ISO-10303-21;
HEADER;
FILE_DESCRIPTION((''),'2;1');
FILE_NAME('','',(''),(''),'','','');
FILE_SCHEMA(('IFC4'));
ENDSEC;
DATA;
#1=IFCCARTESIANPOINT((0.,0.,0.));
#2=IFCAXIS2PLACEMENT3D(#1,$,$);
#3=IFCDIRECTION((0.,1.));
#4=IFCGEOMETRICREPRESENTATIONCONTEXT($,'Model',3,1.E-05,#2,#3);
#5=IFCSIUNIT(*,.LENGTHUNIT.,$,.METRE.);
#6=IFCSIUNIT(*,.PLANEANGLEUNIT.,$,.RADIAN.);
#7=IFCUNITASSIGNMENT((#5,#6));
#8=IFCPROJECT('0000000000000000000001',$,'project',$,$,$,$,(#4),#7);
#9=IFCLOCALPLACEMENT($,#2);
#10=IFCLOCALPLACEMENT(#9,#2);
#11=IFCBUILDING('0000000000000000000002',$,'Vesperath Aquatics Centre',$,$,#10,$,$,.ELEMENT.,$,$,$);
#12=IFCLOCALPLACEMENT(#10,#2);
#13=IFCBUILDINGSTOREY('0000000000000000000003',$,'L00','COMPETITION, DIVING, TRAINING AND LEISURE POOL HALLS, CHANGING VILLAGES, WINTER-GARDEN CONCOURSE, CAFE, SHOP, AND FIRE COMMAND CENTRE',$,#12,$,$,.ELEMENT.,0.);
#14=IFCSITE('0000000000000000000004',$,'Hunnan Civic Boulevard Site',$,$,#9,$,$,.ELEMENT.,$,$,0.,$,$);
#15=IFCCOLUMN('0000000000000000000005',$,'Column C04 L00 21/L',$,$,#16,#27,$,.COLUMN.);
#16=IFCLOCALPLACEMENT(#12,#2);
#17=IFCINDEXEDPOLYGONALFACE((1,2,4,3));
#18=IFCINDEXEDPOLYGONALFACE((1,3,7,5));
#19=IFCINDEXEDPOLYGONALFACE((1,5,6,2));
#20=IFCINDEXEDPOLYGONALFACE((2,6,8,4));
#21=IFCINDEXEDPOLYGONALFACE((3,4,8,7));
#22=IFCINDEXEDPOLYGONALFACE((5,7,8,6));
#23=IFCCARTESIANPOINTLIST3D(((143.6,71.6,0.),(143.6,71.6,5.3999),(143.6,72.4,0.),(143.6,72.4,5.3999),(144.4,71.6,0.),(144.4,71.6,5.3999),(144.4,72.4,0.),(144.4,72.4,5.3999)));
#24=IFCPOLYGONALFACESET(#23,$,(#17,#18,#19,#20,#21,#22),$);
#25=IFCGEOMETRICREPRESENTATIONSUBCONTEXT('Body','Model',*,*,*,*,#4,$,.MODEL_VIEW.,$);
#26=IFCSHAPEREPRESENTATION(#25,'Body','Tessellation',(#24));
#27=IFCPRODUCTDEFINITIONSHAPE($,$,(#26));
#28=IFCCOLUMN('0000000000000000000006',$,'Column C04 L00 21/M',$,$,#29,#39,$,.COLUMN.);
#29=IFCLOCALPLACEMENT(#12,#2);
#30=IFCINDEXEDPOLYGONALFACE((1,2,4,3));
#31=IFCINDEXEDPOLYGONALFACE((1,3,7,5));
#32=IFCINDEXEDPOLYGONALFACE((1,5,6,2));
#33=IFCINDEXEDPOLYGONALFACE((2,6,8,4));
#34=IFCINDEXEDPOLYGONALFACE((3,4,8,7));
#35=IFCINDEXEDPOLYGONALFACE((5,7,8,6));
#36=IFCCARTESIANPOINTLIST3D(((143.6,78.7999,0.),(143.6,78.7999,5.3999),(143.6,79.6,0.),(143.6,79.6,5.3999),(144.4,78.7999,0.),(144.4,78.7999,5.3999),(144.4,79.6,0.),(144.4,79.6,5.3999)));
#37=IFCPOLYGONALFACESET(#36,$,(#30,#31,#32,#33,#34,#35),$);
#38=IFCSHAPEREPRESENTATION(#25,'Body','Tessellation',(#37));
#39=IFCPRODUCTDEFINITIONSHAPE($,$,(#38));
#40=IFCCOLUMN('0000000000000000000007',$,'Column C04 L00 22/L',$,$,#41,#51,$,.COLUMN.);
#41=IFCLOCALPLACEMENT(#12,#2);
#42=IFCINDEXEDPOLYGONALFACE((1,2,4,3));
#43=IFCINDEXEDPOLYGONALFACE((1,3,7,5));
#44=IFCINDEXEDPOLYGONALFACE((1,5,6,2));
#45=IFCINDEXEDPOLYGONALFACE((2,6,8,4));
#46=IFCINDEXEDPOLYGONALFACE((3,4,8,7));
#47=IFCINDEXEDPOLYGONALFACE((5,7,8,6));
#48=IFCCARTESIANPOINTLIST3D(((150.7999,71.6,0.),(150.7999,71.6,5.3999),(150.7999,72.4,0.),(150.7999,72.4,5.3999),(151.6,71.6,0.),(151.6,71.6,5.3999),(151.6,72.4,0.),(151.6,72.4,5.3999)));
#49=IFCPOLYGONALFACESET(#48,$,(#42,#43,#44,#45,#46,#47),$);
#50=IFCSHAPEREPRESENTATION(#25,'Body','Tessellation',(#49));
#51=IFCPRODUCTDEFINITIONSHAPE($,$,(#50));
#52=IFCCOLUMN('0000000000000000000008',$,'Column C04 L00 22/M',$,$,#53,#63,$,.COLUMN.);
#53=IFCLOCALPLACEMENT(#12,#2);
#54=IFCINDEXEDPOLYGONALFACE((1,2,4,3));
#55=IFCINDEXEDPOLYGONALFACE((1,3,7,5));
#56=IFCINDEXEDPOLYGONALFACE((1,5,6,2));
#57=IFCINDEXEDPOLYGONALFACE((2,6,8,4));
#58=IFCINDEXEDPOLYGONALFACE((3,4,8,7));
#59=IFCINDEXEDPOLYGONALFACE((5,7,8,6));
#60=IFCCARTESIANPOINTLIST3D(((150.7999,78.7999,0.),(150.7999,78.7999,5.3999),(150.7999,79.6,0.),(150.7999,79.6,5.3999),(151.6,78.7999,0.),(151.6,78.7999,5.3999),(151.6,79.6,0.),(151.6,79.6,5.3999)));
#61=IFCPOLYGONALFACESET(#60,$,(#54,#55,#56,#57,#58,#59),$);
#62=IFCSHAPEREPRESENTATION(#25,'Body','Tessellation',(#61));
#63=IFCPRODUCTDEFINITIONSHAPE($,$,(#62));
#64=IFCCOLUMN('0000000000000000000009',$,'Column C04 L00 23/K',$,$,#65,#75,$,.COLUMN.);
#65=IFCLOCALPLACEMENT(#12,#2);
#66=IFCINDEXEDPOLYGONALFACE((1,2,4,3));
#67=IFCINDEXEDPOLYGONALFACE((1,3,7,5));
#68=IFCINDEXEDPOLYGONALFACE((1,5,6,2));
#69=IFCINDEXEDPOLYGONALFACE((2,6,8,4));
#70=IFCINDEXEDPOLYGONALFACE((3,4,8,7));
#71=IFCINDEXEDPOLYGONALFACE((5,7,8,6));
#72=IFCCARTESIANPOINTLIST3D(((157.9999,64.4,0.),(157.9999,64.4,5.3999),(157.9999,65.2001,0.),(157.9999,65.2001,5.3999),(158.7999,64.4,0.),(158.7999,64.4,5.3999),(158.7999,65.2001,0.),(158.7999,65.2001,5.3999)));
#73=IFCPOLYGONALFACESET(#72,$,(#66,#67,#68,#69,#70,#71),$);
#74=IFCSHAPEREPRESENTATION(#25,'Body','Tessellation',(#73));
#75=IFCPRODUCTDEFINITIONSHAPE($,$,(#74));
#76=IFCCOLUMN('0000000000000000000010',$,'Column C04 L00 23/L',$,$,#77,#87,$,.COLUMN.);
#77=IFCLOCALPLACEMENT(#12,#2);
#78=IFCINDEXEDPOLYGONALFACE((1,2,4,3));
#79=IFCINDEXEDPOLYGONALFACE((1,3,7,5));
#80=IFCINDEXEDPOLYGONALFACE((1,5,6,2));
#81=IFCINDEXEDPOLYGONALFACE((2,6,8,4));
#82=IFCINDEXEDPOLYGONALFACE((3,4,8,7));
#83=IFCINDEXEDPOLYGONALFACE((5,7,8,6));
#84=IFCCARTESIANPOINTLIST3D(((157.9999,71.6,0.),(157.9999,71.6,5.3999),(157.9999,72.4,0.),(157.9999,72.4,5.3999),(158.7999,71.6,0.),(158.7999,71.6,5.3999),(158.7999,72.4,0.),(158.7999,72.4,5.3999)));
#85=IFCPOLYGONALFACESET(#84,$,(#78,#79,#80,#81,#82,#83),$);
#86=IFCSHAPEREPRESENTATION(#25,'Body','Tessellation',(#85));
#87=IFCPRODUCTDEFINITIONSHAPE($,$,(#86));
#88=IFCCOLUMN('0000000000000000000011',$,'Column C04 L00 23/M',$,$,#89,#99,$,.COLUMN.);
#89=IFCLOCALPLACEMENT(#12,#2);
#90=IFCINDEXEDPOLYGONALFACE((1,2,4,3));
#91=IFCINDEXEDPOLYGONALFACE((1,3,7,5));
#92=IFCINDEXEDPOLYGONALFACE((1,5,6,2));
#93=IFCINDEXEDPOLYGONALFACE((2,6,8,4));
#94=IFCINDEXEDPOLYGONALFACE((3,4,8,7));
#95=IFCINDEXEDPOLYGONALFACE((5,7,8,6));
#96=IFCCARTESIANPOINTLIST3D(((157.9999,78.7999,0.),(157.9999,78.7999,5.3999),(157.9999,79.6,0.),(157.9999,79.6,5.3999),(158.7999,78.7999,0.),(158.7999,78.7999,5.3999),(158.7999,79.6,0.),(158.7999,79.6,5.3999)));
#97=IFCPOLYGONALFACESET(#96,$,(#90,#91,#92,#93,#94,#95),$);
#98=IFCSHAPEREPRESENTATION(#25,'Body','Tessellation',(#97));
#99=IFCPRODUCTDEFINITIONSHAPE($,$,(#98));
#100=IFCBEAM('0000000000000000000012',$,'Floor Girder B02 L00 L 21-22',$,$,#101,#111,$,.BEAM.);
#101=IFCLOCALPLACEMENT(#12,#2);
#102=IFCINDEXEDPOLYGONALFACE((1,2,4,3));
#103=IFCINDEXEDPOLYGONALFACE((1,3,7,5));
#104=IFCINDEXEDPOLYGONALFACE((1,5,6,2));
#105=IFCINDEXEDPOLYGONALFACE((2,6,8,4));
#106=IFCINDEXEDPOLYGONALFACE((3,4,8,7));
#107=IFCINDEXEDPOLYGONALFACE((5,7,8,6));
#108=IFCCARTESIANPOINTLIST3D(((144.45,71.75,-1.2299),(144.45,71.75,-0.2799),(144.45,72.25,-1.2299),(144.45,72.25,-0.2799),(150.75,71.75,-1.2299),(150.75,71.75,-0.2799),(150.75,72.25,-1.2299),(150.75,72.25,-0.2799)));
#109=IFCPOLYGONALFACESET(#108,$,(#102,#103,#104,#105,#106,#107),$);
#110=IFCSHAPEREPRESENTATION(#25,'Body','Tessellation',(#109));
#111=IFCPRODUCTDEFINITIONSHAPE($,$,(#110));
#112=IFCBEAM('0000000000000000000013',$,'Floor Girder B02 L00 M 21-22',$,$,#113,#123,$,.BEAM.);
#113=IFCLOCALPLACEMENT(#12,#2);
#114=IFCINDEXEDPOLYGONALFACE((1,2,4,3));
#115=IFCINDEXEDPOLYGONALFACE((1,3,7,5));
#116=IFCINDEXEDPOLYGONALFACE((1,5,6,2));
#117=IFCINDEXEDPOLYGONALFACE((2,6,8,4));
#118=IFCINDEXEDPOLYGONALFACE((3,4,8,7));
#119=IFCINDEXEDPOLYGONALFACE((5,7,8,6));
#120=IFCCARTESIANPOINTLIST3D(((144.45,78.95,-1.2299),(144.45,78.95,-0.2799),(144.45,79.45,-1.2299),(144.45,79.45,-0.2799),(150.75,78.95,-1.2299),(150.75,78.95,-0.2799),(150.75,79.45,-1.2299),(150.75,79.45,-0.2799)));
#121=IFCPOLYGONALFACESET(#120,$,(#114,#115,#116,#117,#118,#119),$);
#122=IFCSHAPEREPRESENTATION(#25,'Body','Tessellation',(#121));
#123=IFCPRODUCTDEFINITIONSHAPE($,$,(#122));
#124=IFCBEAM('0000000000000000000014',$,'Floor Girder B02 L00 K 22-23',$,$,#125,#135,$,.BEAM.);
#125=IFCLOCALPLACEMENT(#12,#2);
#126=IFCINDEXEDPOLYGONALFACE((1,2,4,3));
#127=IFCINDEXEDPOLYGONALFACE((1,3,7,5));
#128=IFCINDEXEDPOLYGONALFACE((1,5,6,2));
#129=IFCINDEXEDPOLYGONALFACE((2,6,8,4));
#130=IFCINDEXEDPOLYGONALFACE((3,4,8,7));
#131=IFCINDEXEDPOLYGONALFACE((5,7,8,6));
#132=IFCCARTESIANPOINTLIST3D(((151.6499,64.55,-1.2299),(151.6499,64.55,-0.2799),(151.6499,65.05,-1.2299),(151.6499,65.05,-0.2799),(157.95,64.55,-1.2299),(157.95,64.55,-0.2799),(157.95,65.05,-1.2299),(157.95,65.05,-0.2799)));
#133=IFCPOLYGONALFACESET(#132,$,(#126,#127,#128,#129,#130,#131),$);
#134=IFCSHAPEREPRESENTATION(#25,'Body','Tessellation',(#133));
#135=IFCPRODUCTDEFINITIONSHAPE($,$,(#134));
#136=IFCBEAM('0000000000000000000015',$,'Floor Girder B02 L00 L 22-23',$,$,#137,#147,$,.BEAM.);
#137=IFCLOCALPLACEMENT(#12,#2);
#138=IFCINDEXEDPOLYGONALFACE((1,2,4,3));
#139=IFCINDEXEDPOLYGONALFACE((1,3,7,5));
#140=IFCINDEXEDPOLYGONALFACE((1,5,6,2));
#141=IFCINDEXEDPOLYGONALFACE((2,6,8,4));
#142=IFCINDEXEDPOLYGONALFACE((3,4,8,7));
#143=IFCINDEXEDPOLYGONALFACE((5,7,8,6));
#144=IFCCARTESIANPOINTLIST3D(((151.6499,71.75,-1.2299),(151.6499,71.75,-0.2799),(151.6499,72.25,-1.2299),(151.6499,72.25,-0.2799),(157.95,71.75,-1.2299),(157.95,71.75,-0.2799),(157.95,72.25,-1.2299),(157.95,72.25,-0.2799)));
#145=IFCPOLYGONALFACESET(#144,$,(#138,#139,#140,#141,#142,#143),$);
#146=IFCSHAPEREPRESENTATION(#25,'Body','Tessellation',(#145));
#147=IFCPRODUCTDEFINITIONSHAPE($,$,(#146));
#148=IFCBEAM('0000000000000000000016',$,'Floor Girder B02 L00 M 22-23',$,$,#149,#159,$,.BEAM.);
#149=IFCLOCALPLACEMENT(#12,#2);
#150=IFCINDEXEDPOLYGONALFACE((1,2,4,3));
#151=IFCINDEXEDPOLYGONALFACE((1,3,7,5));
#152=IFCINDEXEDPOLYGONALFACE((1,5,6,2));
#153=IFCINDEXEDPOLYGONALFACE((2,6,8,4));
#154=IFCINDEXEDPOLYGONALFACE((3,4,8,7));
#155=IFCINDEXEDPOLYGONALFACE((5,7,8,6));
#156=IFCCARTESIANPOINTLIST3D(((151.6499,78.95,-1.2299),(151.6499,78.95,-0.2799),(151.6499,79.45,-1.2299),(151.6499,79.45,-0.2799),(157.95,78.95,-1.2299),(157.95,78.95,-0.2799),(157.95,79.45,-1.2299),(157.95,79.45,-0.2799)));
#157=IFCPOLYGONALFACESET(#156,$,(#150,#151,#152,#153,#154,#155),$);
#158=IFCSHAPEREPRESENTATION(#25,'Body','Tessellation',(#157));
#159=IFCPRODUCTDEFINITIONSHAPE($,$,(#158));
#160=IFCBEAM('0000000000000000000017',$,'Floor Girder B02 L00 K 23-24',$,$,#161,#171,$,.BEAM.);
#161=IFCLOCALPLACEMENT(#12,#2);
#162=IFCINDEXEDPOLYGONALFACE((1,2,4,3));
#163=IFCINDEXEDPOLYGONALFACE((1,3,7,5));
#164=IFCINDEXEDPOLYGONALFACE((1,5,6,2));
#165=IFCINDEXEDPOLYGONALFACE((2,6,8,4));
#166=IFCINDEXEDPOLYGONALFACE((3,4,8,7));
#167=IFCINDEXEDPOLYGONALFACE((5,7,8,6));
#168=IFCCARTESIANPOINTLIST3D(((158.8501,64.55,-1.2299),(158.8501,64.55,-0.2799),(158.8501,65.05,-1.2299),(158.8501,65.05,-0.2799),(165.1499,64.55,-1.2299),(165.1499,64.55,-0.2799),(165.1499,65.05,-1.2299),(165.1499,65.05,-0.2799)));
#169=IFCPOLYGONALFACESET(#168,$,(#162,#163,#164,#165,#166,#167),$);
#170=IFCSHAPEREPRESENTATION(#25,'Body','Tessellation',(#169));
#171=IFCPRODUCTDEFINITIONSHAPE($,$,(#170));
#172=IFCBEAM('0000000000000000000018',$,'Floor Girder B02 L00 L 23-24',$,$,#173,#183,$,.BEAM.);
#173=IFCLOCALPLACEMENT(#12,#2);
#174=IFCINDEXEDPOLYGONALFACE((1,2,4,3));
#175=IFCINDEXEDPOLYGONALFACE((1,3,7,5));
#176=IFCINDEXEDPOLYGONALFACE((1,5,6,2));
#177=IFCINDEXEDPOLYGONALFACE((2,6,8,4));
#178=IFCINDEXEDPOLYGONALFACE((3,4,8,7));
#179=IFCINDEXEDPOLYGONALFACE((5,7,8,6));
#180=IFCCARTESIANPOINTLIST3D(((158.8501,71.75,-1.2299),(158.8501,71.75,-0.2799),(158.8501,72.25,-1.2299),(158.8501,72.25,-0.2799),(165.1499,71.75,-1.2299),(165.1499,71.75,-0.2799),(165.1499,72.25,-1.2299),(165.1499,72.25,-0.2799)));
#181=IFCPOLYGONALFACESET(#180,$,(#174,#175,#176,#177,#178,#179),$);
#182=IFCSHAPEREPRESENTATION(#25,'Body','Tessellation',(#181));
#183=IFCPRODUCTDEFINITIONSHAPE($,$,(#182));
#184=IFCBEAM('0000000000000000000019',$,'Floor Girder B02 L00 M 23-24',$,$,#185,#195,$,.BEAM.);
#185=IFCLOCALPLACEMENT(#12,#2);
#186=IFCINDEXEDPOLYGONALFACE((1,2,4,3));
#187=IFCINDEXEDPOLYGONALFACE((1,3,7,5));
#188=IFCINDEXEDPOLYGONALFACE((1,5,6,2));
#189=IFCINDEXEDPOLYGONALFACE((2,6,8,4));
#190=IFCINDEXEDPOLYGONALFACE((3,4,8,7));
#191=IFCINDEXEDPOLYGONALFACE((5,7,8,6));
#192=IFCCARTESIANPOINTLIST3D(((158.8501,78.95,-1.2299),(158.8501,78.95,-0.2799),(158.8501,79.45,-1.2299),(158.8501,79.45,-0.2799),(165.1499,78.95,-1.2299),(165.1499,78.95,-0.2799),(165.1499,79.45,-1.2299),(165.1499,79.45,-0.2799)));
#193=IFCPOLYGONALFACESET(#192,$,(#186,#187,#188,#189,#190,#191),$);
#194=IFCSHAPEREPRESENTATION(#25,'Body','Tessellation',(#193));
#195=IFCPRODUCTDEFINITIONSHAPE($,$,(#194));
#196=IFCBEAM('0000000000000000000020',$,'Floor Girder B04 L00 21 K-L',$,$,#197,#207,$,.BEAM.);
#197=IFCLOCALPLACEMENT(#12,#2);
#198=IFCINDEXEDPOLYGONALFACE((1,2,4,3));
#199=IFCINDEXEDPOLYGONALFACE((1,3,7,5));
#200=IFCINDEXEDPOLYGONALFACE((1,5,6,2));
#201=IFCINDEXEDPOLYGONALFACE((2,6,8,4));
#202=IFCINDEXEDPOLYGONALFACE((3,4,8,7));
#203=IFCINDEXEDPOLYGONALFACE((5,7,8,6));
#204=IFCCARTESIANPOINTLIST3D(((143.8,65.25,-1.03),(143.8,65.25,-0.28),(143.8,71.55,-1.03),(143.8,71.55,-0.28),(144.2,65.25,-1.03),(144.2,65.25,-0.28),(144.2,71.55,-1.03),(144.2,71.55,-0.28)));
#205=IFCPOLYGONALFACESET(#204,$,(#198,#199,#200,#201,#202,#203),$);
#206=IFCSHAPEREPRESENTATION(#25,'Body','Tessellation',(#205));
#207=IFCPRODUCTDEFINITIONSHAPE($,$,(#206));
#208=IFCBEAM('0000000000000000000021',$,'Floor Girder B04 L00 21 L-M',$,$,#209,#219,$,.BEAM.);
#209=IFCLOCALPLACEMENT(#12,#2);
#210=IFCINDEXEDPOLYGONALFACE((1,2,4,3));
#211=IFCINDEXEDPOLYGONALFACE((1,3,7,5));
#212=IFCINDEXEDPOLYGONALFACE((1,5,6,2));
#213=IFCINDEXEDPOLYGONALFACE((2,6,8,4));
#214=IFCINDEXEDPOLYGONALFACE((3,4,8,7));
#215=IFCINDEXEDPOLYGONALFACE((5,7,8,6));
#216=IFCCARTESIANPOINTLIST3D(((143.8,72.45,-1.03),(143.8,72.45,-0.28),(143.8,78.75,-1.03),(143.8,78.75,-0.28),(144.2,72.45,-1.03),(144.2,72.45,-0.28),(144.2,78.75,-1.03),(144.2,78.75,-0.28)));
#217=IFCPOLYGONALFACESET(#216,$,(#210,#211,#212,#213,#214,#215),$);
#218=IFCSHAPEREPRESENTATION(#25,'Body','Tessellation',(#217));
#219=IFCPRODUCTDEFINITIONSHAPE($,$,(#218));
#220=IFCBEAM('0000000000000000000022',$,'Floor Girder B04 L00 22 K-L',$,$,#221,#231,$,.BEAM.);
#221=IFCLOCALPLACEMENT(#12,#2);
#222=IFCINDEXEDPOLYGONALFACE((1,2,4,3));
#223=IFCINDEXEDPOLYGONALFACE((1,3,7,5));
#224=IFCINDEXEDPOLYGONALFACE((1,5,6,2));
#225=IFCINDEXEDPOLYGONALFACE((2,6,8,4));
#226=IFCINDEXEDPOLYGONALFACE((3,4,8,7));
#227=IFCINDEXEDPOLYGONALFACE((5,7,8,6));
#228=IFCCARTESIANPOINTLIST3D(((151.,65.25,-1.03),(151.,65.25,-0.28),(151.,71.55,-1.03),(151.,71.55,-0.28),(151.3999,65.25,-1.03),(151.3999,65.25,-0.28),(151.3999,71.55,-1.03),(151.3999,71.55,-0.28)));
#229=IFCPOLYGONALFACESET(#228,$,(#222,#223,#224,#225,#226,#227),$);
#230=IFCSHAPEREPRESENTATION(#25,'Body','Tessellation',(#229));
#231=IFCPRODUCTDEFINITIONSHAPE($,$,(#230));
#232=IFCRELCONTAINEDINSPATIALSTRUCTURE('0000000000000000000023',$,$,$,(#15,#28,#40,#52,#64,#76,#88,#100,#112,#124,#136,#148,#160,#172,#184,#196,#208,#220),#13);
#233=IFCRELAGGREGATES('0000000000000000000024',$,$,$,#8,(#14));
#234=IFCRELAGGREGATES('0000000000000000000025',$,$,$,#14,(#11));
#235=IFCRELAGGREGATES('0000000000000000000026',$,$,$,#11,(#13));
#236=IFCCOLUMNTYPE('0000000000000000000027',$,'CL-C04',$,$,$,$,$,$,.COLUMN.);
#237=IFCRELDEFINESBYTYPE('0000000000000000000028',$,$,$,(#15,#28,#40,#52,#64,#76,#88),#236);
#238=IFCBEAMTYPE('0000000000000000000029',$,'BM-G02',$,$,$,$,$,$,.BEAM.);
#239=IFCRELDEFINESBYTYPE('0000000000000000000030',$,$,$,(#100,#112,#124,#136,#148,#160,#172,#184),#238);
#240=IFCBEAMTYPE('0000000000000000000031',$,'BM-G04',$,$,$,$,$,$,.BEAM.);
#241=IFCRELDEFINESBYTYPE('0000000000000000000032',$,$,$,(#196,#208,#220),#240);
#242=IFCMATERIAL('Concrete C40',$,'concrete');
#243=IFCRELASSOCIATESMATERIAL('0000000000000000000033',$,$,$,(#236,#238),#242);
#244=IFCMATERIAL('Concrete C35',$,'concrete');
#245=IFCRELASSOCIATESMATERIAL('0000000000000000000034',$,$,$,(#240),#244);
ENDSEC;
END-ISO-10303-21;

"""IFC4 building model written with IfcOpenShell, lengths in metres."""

from ifc_helpers import new_model, si_unit, direction, frame, origin, origin_2d, place, context, subcontext, project, spatial, rectangle, extrude, material, material_profile, profile_set, type_object, element, save


model = new_model("IFC4")

# Units and contexts
model_context = context("Model", 3, precision=1e-05, world=origin(), true_north=direction((0.0, 1.0)))
body_context = subcontext(model_context, "Body", "Model", "MODEL_VIEW")
ifc_project = project(units=[si_unit("LENGTHUNIT", "METRE"), si_unit("PLANEANGLEUNIT", "RADIAN")], contexts=[model_context])

# Site, building, storey
site_placement = place(None, origin())
site = spatial("IfcSite", under=ifc_project, at=site_placement, Name="Hunnan Civic Boulevard Site", CompositionType="ELEMENT", RefElevation=0.0)
building_placement = place(site_placement, origin())
building = spatial("IfcBuilding", under=site, at=building_placement, Name="Vesperath Aquatics Centre", CompositionType="ELEMENT")
storey_placement = place(building_placement, origin())
storey = spatial("IfcBuildingStorey", under=building, at=storey_placement, Name="L00", Description="COMPETITION, DIVING, TRAINING AND LEISURE POOL HALLS, CHANGING VILLAGES, WINTER-GARDEN CONCOURSE, CAFE, SHOP, AND FIRE COMMAND CENTRE", CompositionType="ELEMENT", Elevation=0.0)

# Columns
ifc_material_1 = material(Name="Concrete C40", Category="concrete")
ifc_material_profile_1 = material_profile(ifc_material_1, rectangle(XDim=0.8, YDim=0.8, at=origin_2d()), Name="RC 800x800")
ifc_profile_set_1 = profile_set([ifc_material_profile_1], Name="Concrete C40")
column_type = type_object("IfcColumnType", Name="CL-C04", PredefinedType="COLUMN", material=ifc_profile_set_1)
for number, where, z_axis, x_axis, name in (
    (1, (144.0, 72.0, 0.0), (0.0, 0.0, 1.0), (1.0, 0.0, 0.0), "Column C04 L00 21/L"),
    (2, (144.0, 79.2, 0.0), (0.0, 0.0, 1.0), (1.0, 0.0, 0.0), "Column C04 L00 21/M"),
    (3, (151.2, 72.0, 0.0), (0.0, 0.0, 1.0), (1.0, 0.0, 0.0), "Column C04 L00 22/L"),
    (4, (151.2, 79.2, 0.0), (0.0, 0.0, 1.0), (1.0, 0.0, 0.0), "Column C04 L00 22/M"),
    (5, (158.3999, 64.8, 0.0), (0.0, 0.0, 1.0), (1.0, 0.0, 0.0), "Column C04 L00 23/K"),
    (6, (158.3999, 72.0, 0.0), (0.0, 0.0, 1.0), (1.0, 0.0, 0.0), "Column C04 L00 23/L"),
    (7, (158.3999, 79.2, 0.0), (0.0, 0.0, 1.0), (1.0, 0.0, 0.0), "Column C04 L00 23/M"),
):
    element("IfcColumn", number, at=place(storey_placement, frame(where, z_axis=z_axis, x_axis=x_axis)), inside=storey, type_object=column_type, Name=name, PredefinedType="COLUMN", context=body_context, shape_type="SweptSolid", body=[
        extrude(rectangle(XDim=0.8, YDim=0.8, at=origin_2d()), origin(), (0.0, 0.0, 1.0), 5.3999),
    ])

# Beams
ifc_material_profile_2 = material_profile(ifc_material_1, rectangle(XDim=0.5, YDim=0.95, at=origin_2d()), Name="RC 500x950")
ifc_profile_set_2 = profile_set([ifc_material_profile_2], Name="Concrete C40")
beam_type_1 = type_object("IfcBeamType", Name="BM-G02", PredefinedType="BEAM", material=ifc_profile_set_2)
for number, where, z_axis, x_axis, name in (
    (8, (144.45, 72.0, -0.7549), (1.0, 0.0, 0.0), (0.0, 1.0, 0.0), "Floor Girder B02 L00 L 21-22"),
    (9, (144.45, 79.2, -0.7549), (1.0, 0.0, 0.0), (0.0, 1.0, 0.0), "Floor Girder B02 L00 M 21-22"),
    (10, (151.6499, 64.8, -0.7549), (1.0, 0.0, 0.0), (0.0, 1.0, 0.0), "Floor Girder B02 L00 K 22-23"),
    (11, (151.6499, 72.0, -0.7549), (1.0, 0.0, 0.0), (0.0, 1.0, 0.0), "Floor Girder B02 L00 L 22-23"),
    (12, (151.6499, 79.2, -0.7549), (1.0, 0.0, 0.0), (0.0, 1.0, 0.0), "Floor Girder B02 L00 M 22-23"),
):
    element("IfcBeam", number, at=place(storey_placement, frame(where, z_axis=z_axis, x_axis=x_axis)), inside=storey, type_object=beam_type_1, Name=name, PredefinedType="BEAM", context=body_context, shape_type="SweptSolid", body=[
        extrude(rectangle(XDim=0.5, YDim=0.95, at=origin_2d()), origin(), (0.0, 0.0, 1.0), 6.3),
    ])
for number, where, z_axis, x_axis, name in (
    (13, (158.8501, 64.8, -0.7549), (1.0, 0.0, 0.0), (0.0, 1.0, 0.0), "Floor Girder B02 L00 K 23-24"),
    (14, (158.8501, 72.0, -0.7549), (1.0, 0.0, 0.0), (0.0, 1.0, 0.0), "Floor Girder B02 L00 L 23-24"),
    (15, (158.8501, 79.2, -0.7549), (1.0, 0.0, 0.0), (0.0, 1.0, 0.0), "Floor Girder B02 L00 M 23-24"),
):
    element("IfcBeam", number, at=place(storey_placement, frame(where, z_axis=z_axis, x_axis=x_axis)), inside=storey, type_object=beam_type_1, Name=name, PredefinedType="BEAM", context=body_context, shape_type="SweptSolid", body=[
        extrude(rectangle(XDim=0.5, YDim=0.95, at=origin_2d()), origin(), (0.0, 0.0, 1.0), 6.2998),
    ])
ifc_material_2 = material(Name="Concrete C35", Category="concrete")
ifc_material_profile_3 = material_profile(ifc_material_2, rectangle(XDim=0.3999, YDim=0.75, at=origin_2d()), Name="RC 400x750")
ifc_profile_set_3 = profile_set([ifc_material_profile_3], Name="Concrete C35")
beam_type_2 = type_object("IfcBeamType", Name="BM-G04", PredefinedType="BEAM", material=ifc_profile_set_3)
for number, where, z_axis, x_axis, name in (
    (16, (144.0, 65.25, -0.655), (0.0, 1.0, 0.0), (-1.0, 0.0, 0.0), "Floor Girder B04 L00 21 K-L"),
    (17, (144.0, 72.45, -0.655), (0.0, 1.0, 0.0), (-1.0, 0.0, 0.0), "Floor Girder B04 L00 21 L-M"),
    (18, (151.2, 65.25, -0.655), (0.0, 1.0, 0.0), (-1.0, 0.0, 0.0), "Floor Girder B04 L00 22 K-L"),
):
    element("IfcBeam", number, at=place(storey_placement, frame(where, z_axis=z_axis, x_axis=x_axis)), inside=storey, type_object=beam_type_2, Name=name, PredefinedType="BEAM", context=body_context, shape_type="SweptSolid", body=[
        extrude(rectangle(XDim=0.3999, YDim=0.75, at=origin_2d()), origin(), (0.0, 0.0, 1.0), 6.3),
    ])

save(model, "model.ifc")
